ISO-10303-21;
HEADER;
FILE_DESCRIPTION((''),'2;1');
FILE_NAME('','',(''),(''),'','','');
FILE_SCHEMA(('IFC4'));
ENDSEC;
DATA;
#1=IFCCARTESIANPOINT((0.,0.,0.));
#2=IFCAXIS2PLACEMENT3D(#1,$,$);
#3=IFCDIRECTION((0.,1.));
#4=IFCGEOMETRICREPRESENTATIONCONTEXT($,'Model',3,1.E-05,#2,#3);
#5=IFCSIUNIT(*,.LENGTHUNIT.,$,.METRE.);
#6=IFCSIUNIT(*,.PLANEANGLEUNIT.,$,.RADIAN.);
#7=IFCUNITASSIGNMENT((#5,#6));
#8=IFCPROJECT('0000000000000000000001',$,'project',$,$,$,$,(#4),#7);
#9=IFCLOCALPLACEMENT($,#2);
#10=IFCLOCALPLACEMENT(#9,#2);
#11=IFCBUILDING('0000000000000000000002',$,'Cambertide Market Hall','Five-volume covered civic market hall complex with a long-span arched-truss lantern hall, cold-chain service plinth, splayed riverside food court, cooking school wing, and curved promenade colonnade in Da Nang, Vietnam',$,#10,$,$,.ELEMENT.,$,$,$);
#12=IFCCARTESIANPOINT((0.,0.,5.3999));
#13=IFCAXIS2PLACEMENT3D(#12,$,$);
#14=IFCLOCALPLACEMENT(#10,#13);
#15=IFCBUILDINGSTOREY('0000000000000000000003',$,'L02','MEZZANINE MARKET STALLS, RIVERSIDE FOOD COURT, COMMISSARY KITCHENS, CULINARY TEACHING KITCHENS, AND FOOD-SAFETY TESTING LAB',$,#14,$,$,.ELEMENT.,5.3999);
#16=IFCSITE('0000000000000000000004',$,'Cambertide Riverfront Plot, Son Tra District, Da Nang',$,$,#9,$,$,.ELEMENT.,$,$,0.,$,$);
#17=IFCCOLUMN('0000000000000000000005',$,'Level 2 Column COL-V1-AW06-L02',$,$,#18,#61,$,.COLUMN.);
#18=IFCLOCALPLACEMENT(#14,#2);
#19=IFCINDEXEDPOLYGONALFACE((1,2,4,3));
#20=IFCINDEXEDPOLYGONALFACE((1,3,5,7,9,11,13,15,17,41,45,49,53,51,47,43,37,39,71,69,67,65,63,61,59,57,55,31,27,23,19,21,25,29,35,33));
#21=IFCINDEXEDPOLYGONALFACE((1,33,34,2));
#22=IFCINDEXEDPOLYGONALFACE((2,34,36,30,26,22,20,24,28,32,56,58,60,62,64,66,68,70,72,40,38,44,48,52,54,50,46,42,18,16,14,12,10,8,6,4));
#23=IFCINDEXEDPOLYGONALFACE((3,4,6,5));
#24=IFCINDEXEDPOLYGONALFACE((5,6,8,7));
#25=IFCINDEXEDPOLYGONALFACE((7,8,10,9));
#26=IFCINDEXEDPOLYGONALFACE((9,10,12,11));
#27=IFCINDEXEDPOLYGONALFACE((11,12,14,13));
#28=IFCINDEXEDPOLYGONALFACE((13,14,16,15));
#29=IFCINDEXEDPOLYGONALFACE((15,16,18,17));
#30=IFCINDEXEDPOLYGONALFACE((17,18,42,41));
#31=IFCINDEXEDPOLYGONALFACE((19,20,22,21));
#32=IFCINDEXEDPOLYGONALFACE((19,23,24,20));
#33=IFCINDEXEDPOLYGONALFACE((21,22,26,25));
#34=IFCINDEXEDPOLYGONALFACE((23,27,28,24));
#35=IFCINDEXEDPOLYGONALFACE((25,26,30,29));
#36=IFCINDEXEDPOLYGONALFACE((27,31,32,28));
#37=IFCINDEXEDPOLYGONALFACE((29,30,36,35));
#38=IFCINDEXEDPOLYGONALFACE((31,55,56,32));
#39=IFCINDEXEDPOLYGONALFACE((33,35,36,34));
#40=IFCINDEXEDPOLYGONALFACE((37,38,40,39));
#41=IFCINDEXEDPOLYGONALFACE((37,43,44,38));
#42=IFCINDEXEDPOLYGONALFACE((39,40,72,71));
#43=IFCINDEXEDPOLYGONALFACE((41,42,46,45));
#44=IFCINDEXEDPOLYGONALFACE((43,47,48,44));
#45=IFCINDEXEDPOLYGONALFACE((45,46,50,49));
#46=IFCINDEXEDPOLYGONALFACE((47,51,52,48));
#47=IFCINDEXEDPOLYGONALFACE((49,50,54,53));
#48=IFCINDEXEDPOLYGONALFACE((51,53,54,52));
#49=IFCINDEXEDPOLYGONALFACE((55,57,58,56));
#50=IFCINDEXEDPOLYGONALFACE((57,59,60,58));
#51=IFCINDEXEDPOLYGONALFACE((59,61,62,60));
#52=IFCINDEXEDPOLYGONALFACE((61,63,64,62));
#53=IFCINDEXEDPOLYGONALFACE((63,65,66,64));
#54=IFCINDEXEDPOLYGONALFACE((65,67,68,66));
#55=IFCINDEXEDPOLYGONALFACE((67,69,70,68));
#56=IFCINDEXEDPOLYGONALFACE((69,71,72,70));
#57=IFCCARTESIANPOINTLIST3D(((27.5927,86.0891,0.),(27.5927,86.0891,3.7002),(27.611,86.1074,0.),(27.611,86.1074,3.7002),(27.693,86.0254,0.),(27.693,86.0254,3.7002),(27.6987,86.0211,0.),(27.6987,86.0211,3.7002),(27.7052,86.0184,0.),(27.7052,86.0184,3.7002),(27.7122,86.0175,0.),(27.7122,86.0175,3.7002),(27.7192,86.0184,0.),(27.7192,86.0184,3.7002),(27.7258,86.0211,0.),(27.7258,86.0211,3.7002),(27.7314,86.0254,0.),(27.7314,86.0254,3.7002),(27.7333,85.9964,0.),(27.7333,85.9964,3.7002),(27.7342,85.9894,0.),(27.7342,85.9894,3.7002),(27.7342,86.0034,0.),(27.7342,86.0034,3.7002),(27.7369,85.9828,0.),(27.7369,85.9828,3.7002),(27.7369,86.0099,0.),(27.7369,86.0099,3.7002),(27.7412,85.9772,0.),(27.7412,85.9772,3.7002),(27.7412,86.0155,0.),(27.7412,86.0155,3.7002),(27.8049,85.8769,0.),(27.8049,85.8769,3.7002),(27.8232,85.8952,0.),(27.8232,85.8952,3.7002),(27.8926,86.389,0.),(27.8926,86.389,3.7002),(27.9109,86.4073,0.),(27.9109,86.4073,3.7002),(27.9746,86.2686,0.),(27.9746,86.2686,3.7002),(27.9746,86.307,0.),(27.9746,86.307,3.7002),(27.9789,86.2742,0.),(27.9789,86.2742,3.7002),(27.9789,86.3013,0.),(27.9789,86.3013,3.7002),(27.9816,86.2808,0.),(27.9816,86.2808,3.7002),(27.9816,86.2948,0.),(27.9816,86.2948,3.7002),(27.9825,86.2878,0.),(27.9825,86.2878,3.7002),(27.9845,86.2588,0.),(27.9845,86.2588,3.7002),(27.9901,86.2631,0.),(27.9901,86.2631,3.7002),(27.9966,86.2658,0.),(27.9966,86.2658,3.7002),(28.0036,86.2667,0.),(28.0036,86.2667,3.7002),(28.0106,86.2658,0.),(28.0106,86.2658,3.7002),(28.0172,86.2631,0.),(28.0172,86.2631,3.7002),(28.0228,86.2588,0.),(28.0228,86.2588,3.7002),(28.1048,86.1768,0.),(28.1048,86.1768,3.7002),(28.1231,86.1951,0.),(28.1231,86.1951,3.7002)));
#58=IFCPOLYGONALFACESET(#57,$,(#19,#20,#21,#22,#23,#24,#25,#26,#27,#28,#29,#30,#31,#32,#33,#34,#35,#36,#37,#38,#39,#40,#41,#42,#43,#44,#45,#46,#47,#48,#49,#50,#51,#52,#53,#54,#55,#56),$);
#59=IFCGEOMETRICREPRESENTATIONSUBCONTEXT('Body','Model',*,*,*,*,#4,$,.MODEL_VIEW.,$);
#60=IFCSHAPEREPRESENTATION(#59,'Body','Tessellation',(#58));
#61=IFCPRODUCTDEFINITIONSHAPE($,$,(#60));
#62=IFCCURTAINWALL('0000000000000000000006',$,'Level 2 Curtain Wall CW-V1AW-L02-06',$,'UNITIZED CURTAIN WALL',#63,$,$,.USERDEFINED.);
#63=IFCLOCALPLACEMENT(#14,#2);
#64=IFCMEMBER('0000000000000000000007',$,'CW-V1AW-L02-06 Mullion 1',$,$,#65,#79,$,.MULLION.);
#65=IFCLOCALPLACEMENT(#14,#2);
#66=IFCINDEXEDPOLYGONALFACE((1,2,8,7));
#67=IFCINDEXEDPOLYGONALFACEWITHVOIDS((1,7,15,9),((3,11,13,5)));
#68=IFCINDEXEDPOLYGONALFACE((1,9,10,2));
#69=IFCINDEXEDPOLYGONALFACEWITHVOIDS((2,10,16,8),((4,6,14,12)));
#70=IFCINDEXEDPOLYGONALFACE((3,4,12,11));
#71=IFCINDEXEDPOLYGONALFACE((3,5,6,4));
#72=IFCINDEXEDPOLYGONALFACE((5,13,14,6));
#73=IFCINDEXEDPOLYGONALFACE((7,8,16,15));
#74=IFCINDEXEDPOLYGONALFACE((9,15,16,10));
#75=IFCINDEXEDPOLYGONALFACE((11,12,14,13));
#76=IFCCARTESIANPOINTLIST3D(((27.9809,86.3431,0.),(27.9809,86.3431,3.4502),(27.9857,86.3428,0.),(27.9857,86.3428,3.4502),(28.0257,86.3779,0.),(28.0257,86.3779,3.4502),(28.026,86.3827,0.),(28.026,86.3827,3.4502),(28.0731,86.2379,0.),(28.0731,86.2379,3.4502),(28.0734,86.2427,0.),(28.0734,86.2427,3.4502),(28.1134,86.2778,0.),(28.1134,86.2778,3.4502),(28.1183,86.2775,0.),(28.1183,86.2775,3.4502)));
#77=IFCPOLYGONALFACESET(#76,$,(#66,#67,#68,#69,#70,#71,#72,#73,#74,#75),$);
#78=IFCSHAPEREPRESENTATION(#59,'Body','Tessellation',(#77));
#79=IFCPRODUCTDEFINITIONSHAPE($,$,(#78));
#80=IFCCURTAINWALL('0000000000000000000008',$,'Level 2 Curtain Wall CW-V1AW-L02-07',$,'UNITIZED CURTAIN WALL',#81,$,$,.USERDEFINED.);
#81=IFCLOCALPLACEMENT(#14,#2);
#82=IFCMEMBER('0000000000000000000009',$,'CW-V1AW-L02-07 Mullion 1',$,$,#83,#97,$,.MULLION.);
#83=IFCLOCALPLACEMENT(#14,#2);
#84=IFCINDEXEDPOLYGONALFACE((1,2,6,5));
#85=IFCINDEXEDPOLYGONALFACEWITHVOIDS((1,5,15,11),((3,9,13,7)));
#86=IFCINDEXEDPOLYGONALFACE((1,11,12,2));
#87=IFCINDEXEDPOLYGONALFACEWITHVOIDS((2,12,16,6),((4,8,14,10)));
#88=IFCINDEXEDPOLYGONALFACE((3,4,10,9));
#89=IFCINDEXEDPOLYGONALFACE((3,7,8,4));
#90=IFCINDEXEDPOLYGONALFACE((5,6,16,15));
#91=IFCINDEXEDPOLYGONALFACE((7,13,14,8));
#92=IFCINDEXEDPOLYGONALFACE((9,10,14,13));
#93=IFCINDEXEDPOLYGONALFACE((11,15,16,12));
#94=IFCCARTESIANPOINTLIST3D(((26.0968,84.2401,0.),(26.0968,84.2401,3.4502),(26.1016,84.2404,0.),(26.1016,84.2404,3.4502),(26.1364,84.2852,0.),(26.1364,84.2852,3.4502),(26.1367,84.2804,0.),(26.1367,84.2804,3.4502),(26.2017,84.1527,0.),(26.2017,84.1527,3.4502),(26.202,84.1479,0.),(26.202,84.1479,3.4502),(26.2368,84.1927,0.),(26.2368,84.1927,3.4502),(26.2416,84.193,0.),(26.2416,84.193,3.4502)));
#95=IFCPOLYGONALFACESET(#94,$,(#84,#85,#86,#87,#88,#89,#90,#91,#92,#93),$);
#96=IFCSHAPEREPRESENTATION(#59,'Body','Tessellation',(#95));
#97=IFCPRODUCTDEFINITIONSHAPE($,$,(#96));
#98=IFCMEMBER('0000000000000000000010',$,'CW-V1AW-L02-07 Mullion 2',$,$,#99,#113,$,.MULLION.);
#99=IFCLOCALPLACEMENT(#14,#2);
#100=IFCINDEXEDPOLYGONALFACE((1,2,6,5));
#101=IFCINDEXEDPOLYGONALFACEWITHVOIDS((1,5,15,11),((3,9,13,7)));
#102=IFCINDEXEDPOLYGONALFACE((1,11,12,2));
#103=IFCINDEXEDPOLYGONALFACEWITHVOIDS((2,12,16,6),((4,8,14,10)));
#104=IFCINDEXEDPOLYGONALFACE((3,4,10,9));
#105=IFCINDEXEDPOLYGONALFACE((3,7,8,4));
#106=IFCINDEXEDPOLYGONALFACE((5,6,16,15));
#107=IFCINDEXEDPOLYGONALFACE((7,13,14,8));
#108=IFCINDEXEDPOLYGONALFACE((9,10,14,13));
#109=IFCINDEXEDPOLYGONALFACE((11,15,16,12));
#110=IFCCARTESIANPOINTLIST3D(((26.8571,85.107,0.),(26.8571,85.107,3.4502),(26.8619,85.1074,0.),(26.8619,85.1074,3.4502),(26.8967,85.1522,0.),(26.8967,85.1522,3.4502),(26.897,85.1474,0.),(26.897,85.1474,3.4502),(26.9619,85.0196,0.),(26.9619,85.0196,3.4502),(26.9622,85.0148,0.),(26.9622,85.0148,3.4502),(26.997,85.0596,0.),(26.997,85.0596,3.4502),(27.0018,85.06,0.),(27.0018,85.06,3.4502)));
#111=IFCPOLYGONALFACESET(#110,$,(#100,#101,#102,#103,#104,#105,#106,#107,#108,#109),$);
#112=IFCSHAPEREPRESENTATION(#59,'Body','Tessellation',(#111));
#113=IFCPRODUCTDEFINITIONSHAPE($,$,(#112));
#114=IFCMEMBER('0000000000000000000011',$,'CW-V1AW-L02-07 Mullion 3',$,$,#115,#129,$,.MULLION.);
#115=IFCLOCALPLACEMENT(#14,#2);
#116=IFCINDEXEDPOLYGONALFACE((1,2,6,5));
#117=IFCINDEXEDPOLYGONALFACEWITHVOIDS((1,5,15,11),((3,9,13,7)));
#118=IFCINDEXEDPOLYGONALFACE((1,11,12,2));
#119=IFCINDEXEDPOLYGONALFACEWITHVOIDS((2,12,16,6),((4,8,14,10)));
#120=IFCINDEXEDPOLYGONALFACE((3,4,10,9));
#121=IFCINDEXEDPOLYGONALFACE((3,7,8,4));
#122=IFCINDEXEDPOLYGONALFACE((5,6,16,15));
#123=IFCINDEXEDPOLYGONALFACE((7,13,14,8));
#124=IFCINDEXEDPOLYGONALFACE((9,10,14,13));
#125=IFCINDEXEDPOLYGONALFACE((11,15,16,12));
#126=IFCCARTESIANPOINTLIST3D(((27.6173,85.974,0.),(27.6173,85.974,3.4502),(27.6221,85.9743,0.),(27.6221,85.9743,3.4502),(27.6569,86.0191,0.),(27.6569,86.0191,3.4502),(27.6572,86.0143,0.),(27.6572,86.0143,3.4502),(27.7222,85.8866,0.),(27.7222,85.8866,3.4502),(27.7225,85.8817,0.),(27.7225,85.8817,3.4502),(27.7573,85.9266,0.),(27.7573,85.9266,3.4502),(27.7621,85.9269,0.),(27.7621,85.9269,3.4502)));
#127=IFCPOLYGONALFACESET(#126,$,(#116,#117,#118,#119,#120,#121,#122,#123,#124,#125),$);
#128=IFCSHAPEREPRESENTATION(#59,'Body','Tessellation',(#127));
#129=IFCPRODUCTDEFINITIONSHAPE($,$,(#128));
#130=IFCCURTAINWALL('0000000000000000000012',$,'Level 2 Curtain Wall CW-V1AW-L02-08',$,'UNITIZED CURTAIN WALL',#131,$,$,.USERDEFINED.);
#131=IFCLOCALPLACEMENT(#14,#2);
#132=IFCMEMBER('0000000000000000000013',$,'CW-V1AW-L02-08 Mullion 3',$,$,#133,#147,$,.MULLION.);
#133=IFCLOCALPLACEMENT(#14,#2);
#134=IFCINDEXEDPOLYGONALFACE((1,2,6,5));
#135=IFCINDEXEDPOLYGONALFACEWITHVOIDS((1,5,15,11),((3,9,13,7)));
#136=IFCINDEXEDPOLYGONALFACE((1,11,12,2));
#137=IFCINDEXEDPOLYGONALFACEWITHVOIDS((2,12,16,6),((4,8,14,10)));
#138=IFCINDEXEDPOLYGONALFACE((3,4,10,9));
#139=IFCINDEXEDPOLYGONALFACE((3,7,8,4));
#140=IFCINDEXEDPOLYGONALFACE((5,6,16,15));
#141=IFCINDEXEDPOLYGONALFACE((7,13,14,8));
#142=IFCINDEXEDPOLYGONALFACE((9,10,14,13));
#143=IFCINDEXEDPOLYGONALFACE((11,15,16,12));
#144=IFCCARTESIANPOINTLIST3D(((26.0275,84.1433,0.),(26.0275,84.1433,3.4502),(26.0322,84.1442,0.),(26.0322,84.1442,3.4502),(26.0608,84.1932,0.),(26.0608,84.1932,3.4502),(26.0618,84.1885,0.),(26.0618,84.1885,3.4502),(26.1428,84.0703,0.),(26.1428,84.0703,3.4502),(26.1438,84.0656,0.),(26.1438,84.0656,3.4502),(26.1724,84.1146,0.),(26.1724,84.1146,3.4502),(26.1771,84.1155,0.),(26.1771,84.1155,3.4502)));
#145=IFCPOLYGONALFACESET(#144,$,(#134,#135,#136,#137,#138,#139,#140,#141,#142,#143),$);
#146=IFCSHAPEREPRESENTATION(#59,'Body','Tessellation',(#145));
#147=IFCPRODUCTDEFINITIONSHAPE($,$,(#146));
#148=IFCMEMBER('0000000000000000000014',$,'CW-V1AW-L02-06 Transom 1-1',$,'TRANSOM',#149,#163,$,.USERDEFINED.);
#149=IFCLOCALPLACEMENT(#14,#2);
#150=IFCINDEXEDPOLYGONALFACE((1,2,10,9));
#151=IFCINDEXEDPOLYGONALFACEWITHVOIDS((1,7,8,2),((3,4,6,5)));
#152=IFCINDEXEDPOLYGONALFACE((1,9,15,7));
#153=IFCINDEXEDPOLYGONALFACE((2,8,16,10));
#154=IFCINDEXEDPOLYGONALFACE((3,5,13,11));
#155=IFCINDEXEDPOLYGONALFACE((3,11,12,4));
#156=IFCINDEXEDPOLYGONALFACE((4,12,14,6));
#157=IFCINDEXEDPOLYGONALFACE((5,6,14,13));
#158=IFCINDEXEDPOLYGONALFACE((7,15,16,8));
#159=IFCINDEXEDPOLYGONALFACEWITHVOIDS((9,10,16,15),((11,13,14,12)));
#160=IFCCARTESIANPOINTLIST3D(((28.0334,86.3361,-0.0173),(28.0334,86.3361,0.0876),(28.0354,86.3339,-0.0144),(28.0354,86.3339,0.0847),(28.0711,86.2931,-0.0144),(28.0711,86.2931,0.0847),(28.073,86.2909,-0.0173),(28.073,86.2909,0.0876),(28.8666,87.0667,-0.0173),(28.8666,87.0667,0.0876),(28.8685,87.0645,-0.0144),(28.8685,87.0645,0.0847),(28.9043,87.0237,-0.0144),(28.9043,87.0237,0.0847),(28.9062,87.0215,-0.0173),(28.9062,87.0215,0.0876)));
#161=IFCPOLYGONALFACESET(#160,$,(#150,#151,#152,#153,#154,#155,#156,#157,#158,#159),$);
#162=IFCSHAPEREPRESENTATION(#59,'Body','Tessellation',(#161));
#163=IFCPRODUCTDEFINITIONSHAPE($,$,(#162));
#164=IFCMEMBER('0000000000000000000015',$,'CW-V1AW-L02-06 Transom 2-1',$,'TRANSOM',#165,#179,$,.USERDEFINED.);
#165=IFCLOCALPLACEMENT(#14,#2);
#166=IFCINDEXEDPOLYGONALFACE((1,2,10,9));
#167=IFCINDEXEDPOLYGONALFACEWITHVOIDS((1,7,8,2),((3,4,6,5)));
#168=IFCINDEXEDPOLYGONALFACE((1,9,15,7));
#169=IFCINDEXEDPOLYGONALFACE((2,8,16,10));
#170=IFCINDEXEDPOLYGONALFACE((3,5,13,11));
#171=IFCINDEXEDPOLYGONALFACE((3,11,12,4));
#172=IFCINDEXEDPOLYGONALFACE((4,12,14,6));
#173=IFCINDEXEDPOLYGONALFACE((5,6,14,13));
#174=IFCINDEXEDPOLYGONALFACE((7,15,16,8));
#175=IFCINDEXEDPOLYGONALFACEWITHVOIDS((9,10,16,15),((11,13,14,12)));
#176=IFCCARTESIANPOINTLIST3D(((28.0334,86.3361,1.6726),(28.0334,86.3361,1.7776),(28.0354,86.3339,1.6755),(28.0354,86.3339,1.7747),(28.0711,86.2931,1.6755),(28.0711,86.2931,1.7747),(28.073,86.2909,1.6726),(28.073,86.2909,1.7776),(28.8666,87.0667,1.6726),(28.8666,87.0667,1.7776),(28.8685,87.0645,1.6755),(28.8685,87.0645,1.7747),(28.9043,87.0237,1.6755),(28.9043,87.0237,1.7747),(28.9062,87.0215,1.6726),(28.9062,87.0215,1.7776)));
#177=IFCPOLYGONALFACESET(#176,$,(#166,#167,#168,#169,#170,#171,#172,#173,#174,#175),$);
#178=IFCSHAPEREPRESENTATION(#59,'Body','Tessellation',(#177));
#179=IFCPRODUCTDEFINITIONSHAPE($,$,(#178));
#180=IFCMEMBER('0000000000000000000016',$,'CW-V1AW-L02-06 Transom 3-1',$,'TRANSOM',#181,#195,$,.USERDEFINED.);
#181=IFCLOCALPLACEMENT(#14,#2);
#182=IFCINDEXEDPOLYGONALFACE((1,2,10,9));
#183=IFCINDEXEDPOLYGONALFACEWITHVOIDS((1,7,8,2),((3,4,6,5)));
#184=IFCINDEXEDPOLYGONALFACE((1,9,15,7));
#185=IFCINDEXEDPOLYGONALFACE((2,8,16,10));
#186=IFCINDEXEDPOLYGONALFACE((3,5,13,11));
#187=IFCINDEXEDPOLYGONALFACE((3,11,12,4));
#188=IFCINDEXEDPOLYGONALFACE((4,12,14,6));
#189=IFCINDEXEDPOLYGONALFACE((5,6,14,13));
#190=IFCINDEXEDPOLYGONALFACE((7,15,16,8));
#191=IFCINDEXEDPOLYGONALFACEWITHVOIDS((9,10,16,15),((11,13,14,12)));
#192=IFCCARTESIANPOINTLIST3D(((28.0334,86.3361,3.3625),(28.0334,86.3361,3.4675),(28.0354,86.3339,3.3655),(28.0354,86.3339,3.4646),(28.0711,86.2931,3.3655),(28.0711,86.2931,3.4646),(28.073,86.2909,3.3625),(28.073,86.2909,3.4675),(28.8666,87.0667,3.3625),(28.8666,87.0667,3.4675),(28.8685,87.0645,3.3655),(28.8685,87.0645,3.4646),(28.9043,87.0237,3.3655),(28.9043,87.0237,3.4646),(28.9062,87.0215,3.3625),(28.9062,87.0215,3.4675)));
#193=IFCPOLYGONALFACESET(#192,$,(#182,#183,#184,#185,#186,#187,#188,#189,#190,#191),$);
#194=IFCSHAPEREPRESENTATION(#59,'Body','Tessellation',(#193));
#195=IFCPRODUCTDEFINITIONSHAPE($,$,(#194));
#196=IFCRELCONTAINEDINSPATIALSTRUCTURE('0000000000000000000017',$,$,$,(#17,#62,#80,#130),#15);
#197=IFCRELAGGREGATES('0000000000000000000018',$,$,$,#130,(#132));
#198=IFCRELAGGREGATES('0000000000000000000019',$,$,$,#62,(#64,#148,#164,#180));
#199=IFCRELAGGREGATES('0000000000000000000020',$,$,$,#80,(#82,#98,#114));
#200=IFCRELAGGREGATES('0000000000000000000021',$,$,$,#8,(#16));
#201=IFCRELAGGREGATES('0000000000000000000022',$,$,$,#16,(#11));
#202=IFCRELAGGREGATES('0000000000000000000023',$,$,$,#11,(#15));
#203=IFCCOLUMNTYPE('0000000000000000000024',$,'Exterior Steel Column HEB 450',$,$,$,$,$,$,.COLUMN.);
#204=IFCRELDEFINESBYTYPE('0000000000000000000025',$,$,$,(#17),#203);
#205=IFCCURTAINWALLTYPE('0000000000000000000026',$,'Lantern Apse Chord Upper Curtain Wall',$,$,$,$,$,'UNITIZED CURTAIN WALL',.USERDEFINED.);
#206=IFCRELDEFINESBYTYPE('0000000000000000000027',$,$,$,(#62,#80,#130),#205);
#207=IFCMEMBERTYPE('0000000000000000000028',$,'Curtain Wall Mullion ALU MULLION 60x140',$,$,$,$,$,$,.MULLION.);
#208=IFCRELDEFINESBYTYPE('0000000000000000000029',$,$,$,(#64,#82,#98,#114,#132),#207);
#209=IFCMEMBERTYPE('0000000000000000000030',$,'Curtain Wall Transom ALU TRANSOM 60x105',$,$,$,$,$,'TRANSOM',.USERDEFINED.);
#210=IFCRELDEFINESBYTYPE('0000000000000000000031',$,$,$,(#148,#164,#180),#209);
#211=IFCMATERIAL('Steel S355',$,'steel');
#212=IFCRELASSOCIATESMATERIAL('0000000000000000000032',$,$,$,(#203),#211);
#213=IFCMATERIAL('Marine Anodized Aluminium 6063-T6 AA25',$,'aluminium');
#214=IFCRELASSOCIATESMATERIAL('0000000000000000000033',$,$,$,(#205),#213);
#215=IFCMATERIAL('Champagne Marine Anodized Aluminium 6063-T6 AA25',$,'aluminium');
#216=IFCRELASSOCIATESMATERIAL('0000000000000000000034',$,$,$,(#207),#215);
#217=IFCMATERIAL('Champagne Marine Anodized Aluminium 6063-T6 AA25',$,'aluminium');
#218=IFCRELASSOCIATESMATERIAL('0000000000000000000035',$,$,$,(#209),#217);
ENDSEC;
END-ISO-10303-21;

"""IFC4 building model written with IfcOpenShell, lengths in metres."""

from ifc_helpers import new_model, si_unit, direction, frame, origin, origin_2d, place, context, subcontext, project, spatial, hollow_rectangle, i_section, extrude, material, material_profile, profile_set, type_object, element, aggregate, save


model = new_model("IFC4")

# Units and contexts
model_context = context("Model", 3, precision=1e-05, world=origin(), true_north=direction((0.0, 1.0)))
body_context = subcontext(model_context, "Body", "Model", "MODEL_VIEW")
ifc_project = project(units=[si_unit("LENGTHUNIT", "METRE"), si_unit("PLANEANGLEUNIT", "RADIAN")], contexts=[model_context])

# Site, building, storey
site_placement = place(None, origin())
site = spatial("IfcSite", under=ifc_project, at=site_placement, Name="Cambertide Riverfront Plot, Son Tra District, Da Nang", CompositionType="ELEMENT", RefElevation=0.0)
building_placement = place(site_placement, origin())
building = spatial("IfcBuilding", under=site, at=building_placement, Name="Cambertide Market Hall", Description="Five-volume covered civic market hall complex with a long-span arched-truss lantern hall, cold-chain service plinth, splayed riverside food court, cooking school wing, and curved promenade colonnade in Da Nang, Vietnam", CompositionType="ELEMENT")
storey_placement = place(building_placement, frame((0.0, 0.0, 5.3999)))
storey = spatial("IfcBuildingStorey", under=building, at=storey_placement, Name="L02", Description="MEZZANINE MARKET STALLS, RIVERSIDE FOOD COURT, COMMISSARY KITCHENS, CULINARY TEACHING KITCHENS, AND FOOD-SAFETY TESTING LAB", CompositionType="ELEMENT", Elevation=5.3999)

# Column
ifc_material_1 = material(Name="Steel S355", Category="steel")
ifc_material_profile_1 = material_profile(ifc_material_1, i_section(OverallWidth=0.3, OverallDepth=0.45, WebThickness=0.0139, FlangeThickness=0.0259, FilletRadius=0.0271, at=origin_2d()), Name="HEB 450")
ifc_profile_set_1 = profile_set([ifc_material_profile_1], Name="Steel S355")
column_type = type_object("IfcColumnType", Name="Exterior Steel Column HEB 450", PredefinedType="COLUMN", material=ifc_profile_set_1)
column_placement = place(storey_placement, frame((27.8579, 86.1421, 0.0), z_axis=(0.0, 0.0, 1.0), x_axis=(-0.707107, 0.707107, 0.0)))
element("IfcColumn", 1, at=column_placement, inside=storey, type_object=column_type, Name="Level 2 Column COL-V1-AW06-L02", PredefinedType="COLUMN", context=body_context, shape_type="SweptSolid", body=[
    extrude(i_section(OverallWidth=0.3, OverallDepth=0.45, WebThickness=0.0139, FlangeThickness=0.0259, FilletRadius=0.0271, at=origin_2d()), origin(), (0.0, 0.0, 1.0), 3.7002),
])

# Curtain wall, member
ifc_material_2 = material(Name="Marine Anodized Aluminium 6063-T6 AA25", Category="aluminium")
curtain_wall_type = type_object("IfcCurtainWallType", Name="Lantern Apse Chord Upper Curtain Wall", ElementType="UNITIZED CURTAIN WALL", PredefinedType="USERDEFINED", material=ifc_material_2)
curtain_wall_1_placement = place(storey_placement, origin())
curtain_wall_1 = element("IfcCurtainWall", 2, at=curtain_wall_1_placement, inside=storey, type_object=curtain_wall_type, Name="Level 2 Curtain Wall CW-V1AW-L02-06", ObjectType="UNITIZED CURTAIN WALL", PredefinedType="USERDEFINED")
ifc_material_3 = material(Name="Champagne Marine Anodized Aluminium 6063-T6 AA25", Category="aluminium")
ifc_material_profile_2 = material_profile(ifc_material_3, hollow_rectangle(XDim=0.0601, YDim=0.1399, WallThickness=0.0034, at=origin_2d()), Name="ALU MULLION 60x140")
ifc_profile_set_2 = profile_set([ifc_material_profile_2], Name="Champagne Marine Anodized Aluminium 6063-T6 AA25")
member_type_1 = type_object("IfcMemberType", Name="Curtain Wall Mullion ALU MULLION 60x140", PredefinedType="MULLION", material=ifc_profile_set_2)
member_1_placement = place(storey_placement, frame((28.0496, 86.3103, 0.0), z_axis=(0.0, 0.0, 1.0), x_axis=(0.75184, 0.659346, 0.0)))
member_1 = element("IfcMember", 3, at=member_1_placement, type_object=member_type_1, Name="CW-V1AW-L02-06 Mullion 1", PredefinedType="MULLION", context=body_context, shape_type="SweptSolid", body=[
    extrude(hollow_rectangle(XDim=0.0601, YDim=0.1399, WallThickness=0.0034, at=origin_2d()), origin(), (0.0, 0.0, 1.0), 3.4502),
])

# Curtain wall, members
curtain_wall_2_placement = place(storey_placement, origin())
curtain_wall_2 = element("IfcCurtainWall", 4, at=curtain_wall_2_placement, inside=storey, type_object=curtain_wall_type, Name="Level 2 Curtain Wall CW-V1AW-L02-07", ObjectType="UNITIZED CURTAIN WALL", PredefinedType="USERDEFINED")
member_2_placement = place(storey_placement, frame((26.1692, 84.2166, 0.0), z_axis=(0.0, 0.0, 1.0), x_axis=(0.659346, 0.75184, 0.0)))
member_2 = element("IfcMember", 5, at=member_2_placement, type_object=member_type_1, Name="CW-V1AW-L02-07 Mullion 1", PredefinedType="MULLION", context=body_context, shape_type="SweptSolid", body=[
    extrude(hollow_rectangle(XDim=0.0601, YDim=0.1399, WallThickness=0.0034, at=origin_2d()), origin(), (0.0, 0.0, 1.0), 3.4502),
])
member_3_placement = place(storey_placement, frame((26.9294, 85.0835, 0.0), z_axis=(0.0, 0.0, 1.0), x_axis=(0.659346, 0.75184, 0.0)))
member_3 = element("IfcMember", 6, at=member_3_placement, type_object=member_type_1, Name="CW-V1AW-L02-07 Mullion 2", PredefinedType="MULLION", context=body_context, shape_type="SweptSolid", body=[
    extrude(hollow_rectangle(XDim=0.0601, YDim=0.1399, WallThickness=0.0034, at=origin_2d()), origin(), (0.0, 0.0, 1.0), 3.4502),
])
member_4_placement = place(storey_placement, frame((27.6897, 85.9504, 0.0), z_axis=(0.0, 0.0, 1.0), x_axis=(0.659346, 0.75184, 0.0)))
member_4 = element("IfcMember", 7, at=member_4_placement, type_object=member_type_1, Name="CW-V1AW-L02-07 Mullion 3", PredefinedType="MULLION", context=body_context, shape_type="SweptSolid", body=[
    extrude(hollow_rectangle(XDim=0.0601, YDim=0.1399, WallThickness=0.0034, at=origin_2d()), origin(), (0.0, 0.0, 1.0), 3.4502),
])

# Curtain wall, member
curtain_wall_3_placement = place(storey_placement, origin())
curtain_wall_3 = element("IfcCurtainWall", 8, at=curtain_wall_3_placement, inside=storey, type_object=curtain_wall_type, Name="Level 2 Curtain Wall CW-V1AW-L02-08", ObjectType="UNITIZED CURTAIN WALL", PredefinedType="USERDEFINED")
member_5_placement = place(storey_placement, frame((26.1023, 84.1294, 0.0), z_axis=(0.0, 0.0, 1.0), x_axis=(0.55557, 0.83147, 0.0)))
member_5 = element("IfcMember", 9, at=member_5_placement, type_object=member_type_1, Name="CW-V1AW-L02-08 Mullion 3", PredefinedType="MULLION", context=body_context, shape_type="SweptSolid", body=[
    extrude(hollow_rectangle(XDim=0.0601, YDim=0.1399, WallThickness=0.0034, at=origin_2d()), origin(), (0.0, 0.0, 1.0), 3.4502),
])
aggregate(curtain_wall_3, [member_5])

# Members
ifc_material_4 = material(Name="Champagne Marine Anodized Aluminium 6063-T6 AA25", Category="aluminium")
ifc_material_profile_3 = material_profile(ifc_material_4, hollow_rectangle(XDim=0.0601, YDim=0.105, WallThickness=0.0029, at=origin_2d()), Name="ALU TRANSOM 60x105")
ifc_profile_set_3 = profile_set([ifc_material_profile_3], Name="Champagne Marine Anodized Aluminium 6063-T6 AA25")
member_type_2 = type_object("IfcMemberType", Name="Curtain Wall Transom ALU TRANSOM 60x105", ElementType="TRANSOM", PredefinedType="USERDEFINED", material=ifc_profile_set_3)
member_6_placement = place(storey_placement, frame((28.0532, 86.3135, 0.0352), z_axis=(0.751853, 0.659331, 0.0), x_axis=(-0.659331, 0.751853, 0.0)))
member_6 = element("IfcMember", 10, at=member_6_placement, type_object=member_type_2, Name="CW-V1AW-L02-06 Transom 1-1", ObjectType="TRANSOM", PredefinedType="USERDEFINED", context=body_context, shape_type="SweptSolid", body=[
    extrude(hollow_rectangle(XDim=0.0601, YDim=0.105, WallThickness=0.0029, at=origin_2d()), origin(), (0.0, 0.0, 1.0), 1.1082),
])
member_7_placement = place(storey_placement, frame((28.0532, 86.3135, 1.7251), z_axis=(0.751853, 0.659331, 0.0), x_axis=(-0.659331, 0.751853, 0.0)))
member_7 = element("IfcMember", 11, at=member_7_placement, type_object=member_type_2, Name="CW-V1AW-L02-06 Transom 2-1", ObjectType="TRANSOM", PredefinedType="USERDEFINED", context=body_context, shape_type="SweptSolid", body=[
    extrude(hollow_rectangle(XDim=0.0601, YDim=0.105, WallThickness=0.0029, at=origin_2d()), origin(), (0.0, 0.0, 1.0), 1.1082),
])
member_8_placement = place(storey_placement, frame((28.0532, 86.3135, 3.415), z_axis=(0.751853, 0.659331, 0.0), x_axis=(-0.659331, 0.751853, 0.0)))
member_8 = element("IfcMember", 12, at=member_8_placement, type_object=member_type_2, Name="CW-V1AW-L02-06 Transom 3-1", ObjectType="TRANSOM", PredefinedType="USERDEFINED", context=body_context, shape_type="SweptSolid", body=[
    extrude(hollow_rectangle(XDim=0.0601, YDim=0.105, WallThickness=0.0029, at=origin_2d()), origin(), (0.0, 0.0, 1.0), 1.1082),
])

aggregate(curtain_wall_1, [member_1, member_6, member_7, member_8])
aggregate(curtain_wall_2, [member_2, member_3, member_4])

save(model, "model.ifc")
